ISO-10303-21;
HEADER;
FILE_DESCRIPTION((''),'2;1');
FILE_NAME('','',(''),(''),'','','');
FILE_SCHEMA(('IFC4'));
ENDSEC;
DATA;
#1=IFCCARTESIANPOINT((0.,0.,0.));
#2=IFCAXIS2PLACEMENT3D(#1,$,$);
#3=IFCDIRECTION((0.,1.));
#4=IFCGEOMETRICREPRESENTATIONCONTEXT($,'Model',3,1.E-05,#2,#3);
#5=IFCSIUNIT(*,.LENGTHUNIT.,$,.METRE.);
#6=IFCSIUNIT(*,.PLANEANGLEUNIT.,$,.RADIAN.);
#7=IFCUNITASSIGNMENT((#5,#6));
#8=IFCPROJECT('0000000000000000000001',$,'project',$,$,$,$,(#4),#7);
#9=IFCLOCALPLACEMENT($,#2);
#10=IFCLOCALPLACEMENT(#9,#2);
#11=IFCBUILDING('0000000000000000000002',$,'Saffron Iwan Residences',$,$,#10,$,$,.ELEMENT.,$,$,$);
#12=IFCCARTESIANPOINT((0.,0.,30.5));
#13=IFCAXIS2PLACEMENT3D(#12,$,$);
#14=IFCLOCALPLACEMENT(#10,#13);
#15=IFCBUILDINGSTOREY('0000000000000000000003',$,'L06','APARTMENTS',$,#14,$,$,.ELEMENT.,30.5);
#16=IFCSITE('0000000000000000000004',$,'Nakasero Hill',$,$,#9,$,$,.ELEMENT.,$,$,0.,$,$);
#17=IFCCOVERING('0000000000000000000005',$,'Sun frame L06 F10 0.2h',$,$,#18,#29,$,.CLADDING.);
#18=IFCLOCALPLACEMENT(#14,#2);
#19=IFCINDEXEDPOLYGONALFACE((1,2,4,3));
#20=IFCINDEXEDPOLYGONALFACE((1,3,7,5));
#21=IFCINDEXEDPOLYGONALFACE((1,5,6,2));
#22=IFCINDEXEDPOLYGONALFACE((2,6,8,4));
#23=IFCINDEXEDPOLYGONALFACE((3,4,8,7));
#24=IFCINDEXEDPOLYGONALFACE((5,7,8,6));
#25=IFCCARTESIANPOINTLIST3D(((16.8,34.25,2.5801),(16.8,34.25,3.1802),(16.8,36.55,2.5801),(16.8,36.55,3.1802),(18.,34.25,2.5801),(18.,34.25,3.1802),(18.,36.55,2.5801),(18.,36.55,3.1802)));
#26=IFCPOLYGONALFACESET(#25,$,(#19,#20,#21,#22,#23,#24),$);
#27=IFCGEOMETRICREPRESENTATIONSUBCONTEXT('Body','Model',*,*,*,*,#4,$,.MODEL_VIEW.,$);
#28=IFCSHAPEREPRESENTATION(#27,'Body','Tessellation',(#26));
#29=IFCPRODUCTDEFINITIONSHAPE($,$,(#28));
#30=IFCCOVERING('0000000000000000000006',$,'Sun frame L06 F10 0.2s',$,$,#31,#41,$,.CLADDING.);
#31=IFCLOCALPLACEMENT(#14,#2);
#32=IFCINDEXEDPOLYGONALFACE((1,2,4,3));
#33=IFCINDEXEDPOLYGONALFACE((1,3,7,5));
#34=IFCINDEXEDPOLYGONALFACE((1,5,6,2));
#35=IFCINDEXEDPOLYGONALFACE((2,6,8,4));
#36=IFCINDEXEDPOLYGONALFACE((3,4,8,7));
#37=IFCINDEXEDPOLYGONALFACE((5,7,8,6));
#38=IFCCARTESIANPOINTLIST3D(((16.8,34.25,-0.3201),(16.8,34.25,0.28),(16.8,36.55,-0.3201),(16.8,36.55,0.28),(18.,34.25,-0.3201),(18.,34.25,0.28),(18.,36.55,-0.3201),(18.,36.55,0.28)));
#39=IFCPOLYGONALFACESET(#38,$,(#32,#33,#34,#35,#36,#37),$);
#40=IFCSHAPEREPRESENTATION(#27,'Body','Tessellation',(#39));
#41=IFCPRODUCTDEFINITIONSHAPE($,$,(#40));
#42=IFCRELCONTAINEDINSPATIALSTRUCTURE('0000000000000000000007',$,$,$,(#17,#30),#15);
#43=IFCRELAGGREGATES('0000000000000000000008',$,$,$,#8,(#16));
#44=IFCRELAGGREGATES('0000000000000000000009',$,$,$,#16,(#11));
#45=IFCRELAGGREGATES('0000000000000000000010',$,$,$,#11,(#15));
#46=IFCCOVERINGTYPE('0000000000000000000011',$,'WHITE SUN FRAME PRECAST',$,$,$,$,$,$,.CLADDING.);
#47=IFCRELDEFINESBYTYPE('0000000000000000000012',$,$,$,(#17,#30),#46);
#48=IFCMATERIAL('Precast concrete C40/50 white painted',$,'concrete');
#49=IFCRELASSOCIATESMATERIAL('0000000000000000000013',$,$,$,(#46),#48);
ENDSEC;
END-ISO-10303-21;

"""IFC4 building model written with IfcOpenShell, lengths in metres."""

from ifc_helpers import new_model, si_unit, direction, frame, origin, place, context, subcontext, project, spatial, polyline, outline, extrude, material, type_object, element, save


model = new_model("IFC4")

# Units and contexts
model_context = context("Model", 3, precision=1e-05, world=origin(), true_north=direction((0.0, 1.0)))
body_context = subcontext(model_context, "Body", "Model", "MODEL_VIEW")
ifc_project = project(units=[si_unit("LENGTHUNIT", "METRE"), si_unit("PLANEANGLEUNIT", "RADIAN")], contexts=[model_context])

# Site, building, storey
site_placement = place(None, origin())
site = spatial("IfcSite", under=ifc_project, at=site_placement, Name="Nakasero Hill", CompositionType="ELEMENT", RefElevation=0.0)
building_placement = place(site_placement, origin())
building = spatial("IfcBuilding", under=site, at=building_placement, Name="Saffron Iwan Residences", CompositionType="ELEMENT")
storey_placement = place(building_placement, frame((0.0, 0.0, 30.5)))
storey = spatial("IfcBuildingStorey", under=building, at=storey_placement, Name="L06", Description="APARTMENTS", CompositionType="ELEMENT", Elevation=30.5)

# Coverings
ifc_material_1 = material(Name="Precast concrete C40/50 white painted", Category="concrete")
covering_type_1 = type_object("IfcCoveringType", Name="WHITE SUN FRAME PRECAST", PredefinedType="CLADDING", material=ifc_material_1)
for number, where, z_axis, x_axis, name in (
    (1, (18.0, 36.55, 2.5801), (-1.0, 0.0, 0.0), (0.0, -1.0, 0.0), "Sun frame L06 F10 0.2h"),
    (2, (18.0, 36.55, -0.3201), (-1.0, 0.0, 0.0), (0.0, -1.0, 0.0), "Sun frame L06 F10 0.2s"),
):
    element("IfcCovering", number, at=place(storey_placement, frame(where, z_axis=z_axis, x_axis=x_axis)), inside=storey, type_object=covering_type_1, Name=name, PredefinedType="CLADDING", context=body_context, shape_type="SweptSolid", body=[
        extrude(outline(polyline([(0.0, 0.0), (2.3, 0.0), (2.3, 0.6001), (0.0, 0.6001), (0.0, 0.0)])), origin(), (0.0, 0.0, 1.0), 1.2),
    ])

save(model, "model.ifc")
